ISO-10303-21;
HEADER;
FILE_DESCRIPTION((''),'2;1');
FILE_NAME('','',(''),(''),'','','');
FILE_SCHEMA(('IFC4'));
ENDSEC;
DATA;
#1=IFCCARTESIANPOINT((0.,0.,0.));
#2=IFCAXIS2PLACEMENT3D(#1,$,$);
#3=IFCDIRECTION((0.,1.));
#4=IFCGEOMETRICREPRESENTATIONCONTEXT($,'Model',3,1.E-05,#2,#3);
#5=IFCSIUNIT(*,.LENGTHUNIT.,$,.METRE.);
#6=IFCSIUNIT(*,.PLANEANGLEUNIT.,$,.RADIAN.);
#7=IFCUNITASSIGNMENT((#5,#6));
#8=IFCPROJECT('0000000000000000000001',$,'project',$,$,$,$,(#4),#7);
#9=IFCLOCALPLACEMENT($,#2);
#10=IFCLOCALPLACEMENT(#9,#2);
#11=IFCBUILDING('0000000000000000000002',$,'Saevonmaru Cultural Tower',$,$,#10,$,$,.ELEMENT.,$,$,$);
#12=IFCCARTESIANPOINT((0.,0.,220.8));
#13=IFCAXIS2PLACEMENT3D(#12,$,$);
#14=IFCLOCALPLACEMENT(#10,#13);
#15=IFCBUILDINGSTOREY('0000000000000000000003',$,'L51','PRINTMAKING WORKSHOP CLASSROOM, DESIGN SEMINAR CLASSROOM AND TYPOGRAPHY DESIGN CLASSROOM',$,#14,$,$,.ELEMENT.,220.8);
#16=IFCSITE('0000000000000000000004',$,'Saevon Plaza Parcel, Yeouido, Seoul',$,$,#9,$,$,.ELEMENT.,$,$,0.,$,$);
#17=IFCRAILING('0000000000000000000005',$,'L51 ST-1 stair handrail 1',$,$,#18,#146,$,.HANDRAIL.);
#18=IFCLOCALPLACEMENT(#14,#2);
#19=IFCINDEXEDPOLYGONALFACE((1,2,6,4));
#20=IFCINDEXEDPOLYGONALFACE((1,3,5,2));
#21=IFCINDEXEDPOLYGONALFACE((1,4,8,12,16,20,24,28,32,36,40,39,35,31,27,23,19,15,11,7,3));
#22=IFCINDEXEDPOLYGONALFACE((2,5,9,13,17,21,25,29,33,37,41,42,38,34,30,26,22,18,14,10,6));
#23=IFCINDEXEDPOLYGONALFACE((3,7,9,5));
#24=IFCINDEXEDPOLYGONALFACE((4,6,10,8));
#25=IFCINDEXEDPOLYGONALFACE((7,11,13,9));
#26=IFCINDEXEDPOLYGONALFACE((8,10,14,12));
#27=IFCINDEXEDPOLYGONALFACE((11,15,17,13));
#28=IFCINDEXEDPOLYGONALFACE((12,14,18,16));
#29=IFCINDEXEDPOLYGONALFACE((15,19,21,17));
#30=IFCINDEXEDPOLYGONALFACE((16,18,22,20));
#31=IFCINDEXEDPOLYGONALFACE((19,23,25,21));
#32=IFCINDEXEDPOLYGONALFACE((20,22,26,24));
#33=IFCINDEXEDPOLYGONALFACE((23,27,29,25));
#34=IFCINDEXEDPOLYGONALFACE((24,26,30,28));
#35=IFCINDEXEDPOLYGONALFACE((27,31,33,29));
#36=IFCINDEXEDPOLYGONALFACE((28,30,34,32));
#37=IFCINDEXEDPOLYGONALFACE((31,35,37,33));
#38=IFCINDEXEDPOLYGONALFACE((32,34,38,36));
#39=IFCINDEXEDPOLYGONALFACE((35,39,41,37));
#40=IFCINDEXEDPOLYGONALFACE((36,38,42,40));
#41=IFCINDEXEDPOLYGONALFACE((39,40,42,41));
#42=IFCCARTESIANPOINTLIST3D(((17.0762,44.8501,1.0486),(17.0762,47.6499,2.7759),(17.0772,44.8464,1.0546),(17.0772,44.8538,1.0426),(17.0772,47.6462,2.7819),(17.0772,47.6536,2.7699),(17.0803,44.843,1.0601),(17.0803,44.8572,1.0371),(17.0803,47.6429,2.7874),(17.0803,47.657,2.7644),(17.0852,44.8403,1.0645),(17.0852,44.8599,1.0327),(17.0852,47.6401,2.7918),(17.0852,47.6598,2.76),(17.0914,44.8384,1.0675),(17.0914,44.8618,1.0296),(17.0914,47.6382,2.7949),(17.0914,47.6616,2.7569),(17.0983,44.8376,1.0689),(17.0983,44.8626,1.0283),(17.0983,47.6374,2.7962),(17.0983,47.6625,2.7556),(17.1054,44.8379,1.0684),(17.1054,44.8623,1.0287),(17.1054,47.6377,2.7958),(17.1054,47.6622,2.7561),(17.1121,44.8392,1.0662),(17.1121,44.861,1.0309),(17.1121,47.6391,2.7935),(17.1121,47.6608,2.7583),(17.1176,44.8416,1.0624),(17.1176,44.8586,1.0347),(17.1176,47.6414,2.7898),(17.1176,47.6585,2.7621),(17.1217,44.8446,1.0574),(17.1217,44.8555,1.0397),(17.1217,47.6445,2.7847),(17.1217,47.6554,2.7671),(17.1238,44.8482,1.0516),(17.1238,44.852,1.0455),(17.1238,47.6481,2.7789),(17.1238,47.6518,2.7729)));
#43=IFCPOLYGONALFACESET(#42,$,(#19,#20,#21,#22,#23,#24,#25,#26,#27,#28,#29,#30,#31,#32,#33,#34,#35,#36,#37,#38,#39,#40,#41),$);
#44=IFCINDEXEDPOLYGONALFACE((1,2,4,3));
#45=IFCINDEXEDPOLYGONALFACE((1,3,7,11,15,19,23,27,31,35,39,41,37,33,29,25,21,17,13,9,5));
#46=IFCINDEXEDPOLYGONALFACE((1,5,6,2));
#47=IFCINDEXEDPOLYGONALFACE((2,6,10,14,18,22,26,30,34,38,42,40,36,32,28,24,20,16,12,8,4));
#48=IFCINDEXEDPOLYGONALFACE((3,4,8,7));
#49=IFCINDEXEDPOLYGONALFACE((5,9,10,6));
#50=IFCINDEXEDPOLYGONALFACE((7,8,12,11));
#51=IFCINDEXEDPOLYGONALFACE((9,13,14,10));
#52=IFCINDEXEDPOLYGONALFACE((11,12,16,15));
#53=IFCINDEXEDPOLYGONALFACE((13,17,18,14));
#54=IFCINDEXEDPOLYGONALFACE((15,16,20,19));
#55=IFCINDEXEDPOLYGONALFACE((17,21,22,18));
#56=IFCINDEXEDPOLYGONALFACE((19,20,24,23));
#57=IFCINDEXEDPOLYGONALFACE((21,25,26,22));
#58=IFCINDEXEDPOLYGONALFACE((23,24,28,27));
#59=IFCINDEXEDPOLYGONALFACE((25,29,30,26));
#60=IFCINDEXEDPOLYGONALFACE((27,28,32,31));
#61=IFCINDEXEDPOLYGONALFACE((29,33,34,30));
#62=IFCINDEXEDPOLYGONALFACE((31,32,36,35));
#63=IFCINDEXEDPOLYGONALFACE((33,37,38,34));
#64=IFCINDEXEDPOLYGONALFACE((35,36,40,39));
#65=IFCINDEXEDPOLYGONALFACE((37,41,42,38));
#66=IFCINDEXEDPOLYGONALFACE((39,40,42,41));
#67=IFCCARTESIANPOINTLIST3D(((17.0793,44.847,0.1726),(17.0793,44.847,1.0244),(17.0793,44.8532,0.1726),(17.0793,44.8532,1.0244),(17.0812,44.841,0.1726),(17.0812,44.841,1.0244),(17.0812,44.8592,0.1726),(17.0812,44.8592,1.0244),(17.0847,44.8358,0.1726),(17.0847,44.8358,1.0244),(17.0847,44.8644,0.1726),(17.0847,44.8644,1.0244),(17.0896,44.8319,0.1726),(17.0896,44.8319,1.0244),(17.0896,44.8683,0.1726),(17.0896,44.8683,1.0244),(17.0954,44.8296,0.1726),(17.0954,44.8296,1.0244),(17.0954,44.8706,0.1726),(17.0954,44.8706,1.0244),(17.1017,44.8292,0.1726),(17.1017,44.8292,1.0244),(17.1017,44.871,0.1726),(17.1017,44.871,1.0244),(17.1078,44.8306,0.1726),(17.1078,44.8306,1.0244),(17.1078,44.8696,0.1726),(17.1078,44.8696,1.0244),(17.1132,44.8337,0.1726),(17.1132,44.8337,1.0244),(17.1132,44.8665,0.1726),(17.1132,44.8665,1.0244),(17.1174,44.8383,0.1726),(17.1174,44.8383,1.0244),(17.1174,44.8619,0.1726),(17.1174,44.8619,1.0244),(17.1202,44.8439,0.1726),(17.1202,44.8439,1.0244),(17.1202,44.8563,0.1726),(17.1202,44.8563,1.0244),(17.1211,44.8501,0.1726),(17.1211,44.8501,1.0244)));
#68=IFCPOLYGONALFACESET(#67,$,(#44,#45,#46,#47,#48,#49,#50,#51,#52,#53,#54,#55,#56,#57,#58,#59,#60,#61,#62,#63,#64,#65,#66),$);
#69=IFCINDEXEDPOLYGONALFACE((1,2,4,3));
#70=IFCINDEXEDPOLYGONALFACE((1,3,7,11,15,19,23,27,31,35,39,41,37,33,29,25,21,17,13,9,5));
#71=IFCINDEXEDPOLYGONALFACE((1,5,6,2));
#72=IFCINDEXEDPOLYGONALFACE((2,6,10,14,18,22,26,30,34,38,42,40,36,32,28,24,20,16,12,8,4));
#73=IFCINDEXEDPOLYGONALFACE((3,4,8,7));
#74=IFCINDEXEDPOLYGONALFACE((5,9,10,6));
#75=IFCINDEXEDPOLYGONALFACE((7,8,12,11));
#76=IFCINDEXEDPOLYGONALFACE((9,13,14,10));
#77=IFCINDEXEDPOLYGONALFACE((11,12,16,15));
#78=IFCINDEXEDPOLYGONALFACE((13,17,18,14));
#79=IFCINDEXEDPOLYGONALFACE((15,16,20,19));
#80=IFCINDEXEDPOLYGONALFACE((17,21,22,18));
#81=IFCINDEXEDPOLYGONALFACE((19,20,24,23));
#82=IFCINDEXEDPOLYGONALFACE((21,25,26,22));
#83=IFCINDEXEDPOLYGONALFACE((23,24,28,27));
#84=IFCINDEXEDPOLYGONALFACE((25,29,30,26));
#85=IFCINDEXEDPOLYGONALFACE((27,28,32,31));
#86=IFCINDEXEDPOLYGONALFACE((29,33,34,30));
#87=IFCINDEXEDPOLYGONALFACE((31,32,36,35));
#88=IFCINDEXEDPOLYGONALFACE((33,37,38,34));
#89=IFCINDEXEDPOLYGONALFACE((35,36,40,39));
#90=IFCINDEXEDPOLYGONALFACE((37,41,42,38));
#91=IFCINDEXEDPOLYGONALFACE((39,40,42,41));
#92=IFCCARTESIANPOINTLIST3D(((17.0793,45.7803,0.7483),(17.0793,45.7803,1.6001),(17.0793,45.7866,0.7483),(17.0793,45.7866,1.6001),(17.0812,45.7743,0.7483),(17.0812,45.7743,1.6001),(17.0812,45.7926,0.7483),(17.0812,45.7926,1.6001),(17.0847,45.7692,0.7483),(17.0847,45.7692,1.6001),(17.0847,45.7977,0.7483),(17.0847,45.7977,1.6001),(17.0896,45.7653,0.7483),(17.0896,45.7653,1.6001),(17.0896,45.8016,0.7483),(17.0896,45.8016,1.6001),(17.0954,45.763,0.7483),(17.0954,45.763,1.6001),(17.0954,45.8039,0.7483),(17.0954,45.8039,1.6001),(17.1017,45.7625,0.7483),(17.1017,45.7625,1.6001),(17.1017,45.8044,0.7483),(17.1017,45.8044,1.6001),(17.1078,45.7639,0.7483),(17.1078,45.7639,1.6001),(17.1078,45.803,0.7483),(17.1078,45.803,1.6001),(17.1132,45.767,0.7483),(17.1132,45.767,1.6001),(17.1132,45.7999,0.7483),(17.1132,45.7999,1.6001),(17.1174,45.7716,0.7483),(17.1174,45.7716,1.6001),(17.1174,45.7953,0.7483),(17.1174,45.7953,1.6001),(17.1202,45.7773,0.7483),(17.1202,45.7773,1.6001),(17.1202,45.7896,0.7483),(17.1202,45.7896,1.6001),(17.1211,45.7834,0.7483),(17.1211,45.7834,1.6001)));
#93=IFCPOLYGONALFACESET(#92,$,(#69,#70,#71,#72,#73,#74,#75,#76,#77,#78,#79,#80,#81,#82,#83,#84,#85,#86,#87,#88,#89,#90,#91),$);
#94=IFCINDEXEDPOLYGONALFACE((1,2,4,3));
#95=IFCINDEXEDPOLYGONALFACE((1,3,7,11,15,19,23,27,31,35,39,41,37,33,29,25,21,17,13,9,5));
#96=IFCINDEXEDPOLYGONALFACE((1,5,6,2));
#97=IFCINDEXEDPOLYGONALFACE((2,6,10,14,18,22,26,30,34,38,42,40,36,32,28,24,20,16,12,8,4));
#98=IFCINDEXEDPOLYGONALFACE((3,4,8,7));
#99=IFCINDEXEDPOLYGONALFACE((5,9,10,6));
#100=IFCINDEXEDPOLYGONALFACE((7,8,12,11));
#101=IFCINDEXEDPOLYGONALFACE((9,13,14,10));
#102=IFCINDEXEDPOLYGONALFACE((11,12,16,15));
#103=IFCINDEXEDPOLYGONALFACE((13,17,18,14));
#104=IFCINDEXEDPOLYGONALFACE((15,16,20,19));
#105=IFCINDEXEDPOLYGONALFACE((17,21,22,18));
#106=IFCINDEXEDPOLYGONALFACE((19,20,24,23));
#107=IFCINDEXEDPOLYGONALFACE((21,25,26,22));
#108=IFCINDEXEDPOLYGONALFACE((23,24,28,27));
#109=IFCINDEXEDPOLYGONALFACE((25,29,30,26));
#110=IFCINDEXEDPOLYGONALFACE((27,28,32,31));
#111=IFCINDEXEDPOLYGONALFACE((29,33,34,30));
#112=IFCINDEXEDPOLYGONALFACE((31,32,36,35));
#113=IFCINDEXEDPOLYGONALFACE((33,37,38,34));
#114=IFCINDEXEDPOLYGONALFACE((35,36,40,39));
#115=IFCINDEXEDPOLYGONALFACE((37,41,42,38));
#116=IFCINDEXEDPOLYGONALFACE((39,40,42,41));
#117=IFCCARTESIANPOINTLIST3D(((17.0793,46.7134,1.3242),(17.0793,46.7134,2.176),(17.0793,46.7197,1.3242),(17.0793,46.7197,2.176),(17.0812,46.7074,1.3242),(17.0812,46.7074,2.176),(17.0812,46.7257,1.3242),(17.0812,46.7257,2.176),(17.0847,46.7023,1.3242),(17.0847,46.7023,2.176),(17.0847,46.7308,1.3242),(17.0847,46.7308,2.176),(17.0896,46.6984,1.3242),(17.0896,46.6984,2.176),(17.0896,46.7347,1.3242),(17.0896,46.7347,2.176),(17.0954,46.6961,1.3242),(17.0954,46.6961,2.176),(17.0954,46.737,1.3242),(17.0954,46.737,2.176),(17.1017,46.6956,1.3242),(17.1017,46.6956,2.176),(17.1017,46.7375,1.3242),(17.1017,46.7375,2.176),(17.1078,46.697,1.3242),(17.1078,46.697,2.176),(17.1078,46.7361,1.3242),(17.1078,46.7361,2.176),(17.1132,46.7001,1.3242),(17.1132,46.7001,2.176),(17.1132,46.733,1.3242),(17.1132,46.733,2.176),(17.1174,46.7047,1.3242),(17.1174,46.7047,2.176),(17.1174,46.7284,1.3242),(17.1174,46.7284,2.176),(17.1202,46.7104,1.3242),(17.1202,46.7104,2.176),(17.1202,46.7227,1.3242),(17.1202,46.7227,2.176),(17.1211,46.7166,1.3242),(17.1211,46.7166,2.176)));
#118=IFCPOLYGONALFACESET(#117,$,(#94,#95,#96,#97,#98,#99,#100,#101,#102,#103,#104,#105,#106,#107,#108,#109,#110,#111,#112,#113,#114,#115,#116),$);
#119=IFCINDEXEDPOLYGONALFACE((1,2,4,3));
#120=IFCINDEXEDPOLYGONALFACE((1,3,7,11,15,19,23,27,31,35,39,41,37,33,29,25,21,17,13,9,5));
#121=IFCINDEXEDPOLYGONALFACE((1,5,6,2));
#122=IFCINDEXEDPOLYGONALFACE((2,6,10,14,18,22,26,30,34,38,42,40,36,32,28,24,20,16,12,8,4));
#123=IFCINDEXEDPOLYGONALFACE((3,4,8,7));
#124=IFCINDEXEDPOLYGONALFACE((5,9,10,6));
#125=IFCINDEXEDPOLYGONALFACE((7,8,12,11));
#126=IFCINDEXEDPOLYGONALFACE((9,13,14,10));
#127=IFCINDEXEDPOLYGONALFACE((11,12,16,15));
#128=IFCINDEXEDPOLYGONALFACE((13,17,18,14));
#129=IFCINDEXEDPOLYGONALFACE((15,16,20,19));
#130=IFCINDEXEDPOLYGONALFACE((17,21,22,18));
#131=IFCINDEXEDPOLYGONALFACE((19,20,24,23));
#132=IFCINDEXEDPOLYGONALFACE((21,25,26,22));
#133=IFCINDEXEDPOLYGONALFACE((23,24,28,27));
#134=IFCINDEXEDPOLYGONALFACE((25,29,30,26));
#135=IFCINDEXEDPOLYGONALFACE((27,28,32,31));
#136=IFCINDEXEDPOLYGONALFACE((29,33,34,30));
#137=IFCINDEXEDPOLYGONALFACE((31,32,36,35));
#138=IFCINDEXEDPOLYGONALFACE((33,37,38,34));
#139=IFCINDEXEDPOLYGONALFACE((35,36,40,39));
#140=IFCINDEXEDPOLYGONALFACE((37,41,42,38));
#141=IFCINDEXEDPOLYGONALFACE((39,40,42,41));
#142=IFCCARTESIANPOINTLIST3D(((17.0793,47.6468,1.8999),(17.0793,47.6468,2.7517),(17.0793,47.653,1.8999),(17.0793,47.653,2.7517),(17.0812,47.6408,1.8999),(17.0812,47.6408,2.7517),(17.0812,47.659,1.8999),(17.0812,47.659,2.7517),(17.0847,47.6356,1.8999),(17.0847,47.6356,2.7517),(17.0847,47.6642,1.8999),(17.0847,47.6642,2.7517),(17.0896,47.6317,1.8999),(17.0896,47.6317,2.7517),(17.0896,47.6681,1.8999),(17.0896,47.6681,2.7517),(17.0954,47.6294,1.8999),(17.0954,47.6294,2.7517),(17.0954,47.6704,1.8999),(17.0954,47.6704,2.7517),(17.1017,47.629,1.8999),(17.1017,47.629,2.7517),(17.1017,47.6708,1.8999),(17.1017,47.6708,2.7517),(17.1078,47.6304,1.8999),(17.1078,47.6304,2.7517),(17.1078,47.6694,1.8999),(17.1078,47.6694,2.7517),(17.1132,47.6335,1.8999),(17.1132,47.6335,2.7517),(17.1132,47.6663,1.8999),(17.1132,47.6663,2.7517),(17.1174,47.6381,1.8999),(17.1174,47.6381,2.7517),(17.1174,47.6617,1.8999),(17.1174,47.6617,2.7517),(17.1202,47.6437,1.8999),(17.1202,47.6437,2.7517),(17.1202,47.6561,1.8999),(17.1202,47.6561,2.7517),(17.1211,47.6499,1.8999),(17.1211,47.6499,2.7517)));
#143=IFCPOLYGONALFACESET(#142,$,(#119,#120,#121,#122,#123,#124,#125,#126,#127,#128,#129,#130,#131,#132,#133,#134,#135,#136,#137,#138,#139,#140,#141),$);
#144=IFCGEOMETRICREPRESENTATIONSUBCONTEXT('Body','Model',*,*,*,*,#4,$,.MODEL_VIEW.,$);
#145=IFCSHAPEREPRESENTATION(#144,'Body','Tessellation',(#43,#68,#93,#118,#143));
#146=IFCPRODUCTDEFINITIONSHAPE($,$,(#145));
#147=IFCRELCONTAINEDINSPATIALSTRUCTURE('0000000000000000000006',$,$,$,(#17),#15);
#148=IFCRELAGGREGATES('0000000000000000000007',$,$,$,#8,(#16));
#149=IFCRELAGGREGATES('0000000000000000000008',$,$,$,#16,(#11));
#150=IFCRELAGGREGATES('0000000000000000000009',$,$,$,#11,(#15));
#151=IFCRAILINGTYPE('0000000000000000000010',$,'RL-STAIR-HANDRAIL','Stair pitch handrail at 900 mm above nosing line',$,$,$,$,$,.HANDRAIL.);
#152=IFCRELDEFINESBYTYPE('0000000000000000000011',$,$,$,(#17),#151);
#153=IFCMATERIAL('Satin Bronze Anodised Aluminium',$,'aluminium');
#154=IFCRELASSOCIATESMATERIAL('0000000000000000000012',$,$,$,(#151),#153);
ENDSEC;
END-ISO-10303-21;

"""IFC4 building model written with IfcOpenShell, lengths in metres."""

from ifc_helpers import new_model, si_unit, direction, frame, origin, origin_2d, place, context, subcontext, project, spatial, circle, extrude, material, type_object, element, save


model = new_model("IFC4")

# Units and contexts
model_context = context("Model", 3, precision=1e-05, world=origin(), true_north=direction((0.0, 1.0)))
body_context = subcontext(model_context, "Body", "Model", "MODEL_VIEW")
ifc_project = project(units=[si_unit("LENGTHUNIT", "METRE"), si_unit("PLANEANGLEUNIT", "RADIAN")], contexts=[model_context])

# Site, building, storey
site_placement = place(None, origin())
site = spatial("IfcSite", under=ifc_project, at=site_placement, Name="Saevon Plaza Parcel, Yeouido, Seoul", CompositionType="ELEMENT", RefElevation=0.0)
building_placement = place(site_placement, origin())
building = spatial("IfcBuilding", under=site, at=building_placement, Name="Saevonmaru Cultural Tower", CompositionType="ELEMENT")
storey_placement = place(building_placement, frame((0.0, 0.0, 220.8)))
storey = spatial("IfcBuildingStorey", under=building, at=storey_placement, Name="L51", Description="PRINTMAKING WORKSHOP CLASSROOM, DESIGN SEMINAR CLASSROOM AND TYPOGRAPHY DESIGN CLASSROOM", CompositionType="ELEMENT", Elevation=220.8)

# Shared definitions
ifc_material_1 = material(Name="Satin Bronze Anodised Aluminium", Category="aluminium")

# Railing
railing_type_1 = type_object("IfcRailingType", Name="RL-STAIR-HANDRAIL", Description="Stair pitch handrail at 900 mm above nosing line", PredefinedType="HANDRAIL", material=ifc_material_1)
railing_1_placement = place(storey_placement, frame((17.1001, 44.8501, 0.1726)))
element("IfcRailing", 1, at=railing_1_placement, inside=storey, type_object=railing_type_1, Name="L51 ST-1 stair handrail 1", PredefinedType="HANDRAIL", context=body_context, shape_type="SweptSolid", body=[
    extrude(circle(Radius=0.0239, at=origin_2d()), frame((0.0, 0.0, 0.876), z_axis=(0.0, 0.851069, 0.525054), x_axis=(-1.0, 0.0, 0.0)), (0.0, 0.0, 1.0), 3.2898),
    extrude(circle(Radius=0.021, at=origin_2d()), origin(), (0.0, 0.0, 1.0), 0.8518),
    extrude(circle(Radius=0.021, at=origin_2d()), frame((0.0, 0.9333, 0.5757)), (0.0, 0.0, 1.0), 0.8518),
    extrude(circle(Radius=0.021, at=origin_2d()), frame((0.0, 1.8665, 1.1516)), (0.0, 0.0, 1.0), 0.8518),
    extrude(circle(Radius=0.021, at=origin_2d()), frame((0.0, 2.7998, 1.7273)), (0.0, 0.0, 1.0), 0.8518),
])

save(model, "model.ifc")
